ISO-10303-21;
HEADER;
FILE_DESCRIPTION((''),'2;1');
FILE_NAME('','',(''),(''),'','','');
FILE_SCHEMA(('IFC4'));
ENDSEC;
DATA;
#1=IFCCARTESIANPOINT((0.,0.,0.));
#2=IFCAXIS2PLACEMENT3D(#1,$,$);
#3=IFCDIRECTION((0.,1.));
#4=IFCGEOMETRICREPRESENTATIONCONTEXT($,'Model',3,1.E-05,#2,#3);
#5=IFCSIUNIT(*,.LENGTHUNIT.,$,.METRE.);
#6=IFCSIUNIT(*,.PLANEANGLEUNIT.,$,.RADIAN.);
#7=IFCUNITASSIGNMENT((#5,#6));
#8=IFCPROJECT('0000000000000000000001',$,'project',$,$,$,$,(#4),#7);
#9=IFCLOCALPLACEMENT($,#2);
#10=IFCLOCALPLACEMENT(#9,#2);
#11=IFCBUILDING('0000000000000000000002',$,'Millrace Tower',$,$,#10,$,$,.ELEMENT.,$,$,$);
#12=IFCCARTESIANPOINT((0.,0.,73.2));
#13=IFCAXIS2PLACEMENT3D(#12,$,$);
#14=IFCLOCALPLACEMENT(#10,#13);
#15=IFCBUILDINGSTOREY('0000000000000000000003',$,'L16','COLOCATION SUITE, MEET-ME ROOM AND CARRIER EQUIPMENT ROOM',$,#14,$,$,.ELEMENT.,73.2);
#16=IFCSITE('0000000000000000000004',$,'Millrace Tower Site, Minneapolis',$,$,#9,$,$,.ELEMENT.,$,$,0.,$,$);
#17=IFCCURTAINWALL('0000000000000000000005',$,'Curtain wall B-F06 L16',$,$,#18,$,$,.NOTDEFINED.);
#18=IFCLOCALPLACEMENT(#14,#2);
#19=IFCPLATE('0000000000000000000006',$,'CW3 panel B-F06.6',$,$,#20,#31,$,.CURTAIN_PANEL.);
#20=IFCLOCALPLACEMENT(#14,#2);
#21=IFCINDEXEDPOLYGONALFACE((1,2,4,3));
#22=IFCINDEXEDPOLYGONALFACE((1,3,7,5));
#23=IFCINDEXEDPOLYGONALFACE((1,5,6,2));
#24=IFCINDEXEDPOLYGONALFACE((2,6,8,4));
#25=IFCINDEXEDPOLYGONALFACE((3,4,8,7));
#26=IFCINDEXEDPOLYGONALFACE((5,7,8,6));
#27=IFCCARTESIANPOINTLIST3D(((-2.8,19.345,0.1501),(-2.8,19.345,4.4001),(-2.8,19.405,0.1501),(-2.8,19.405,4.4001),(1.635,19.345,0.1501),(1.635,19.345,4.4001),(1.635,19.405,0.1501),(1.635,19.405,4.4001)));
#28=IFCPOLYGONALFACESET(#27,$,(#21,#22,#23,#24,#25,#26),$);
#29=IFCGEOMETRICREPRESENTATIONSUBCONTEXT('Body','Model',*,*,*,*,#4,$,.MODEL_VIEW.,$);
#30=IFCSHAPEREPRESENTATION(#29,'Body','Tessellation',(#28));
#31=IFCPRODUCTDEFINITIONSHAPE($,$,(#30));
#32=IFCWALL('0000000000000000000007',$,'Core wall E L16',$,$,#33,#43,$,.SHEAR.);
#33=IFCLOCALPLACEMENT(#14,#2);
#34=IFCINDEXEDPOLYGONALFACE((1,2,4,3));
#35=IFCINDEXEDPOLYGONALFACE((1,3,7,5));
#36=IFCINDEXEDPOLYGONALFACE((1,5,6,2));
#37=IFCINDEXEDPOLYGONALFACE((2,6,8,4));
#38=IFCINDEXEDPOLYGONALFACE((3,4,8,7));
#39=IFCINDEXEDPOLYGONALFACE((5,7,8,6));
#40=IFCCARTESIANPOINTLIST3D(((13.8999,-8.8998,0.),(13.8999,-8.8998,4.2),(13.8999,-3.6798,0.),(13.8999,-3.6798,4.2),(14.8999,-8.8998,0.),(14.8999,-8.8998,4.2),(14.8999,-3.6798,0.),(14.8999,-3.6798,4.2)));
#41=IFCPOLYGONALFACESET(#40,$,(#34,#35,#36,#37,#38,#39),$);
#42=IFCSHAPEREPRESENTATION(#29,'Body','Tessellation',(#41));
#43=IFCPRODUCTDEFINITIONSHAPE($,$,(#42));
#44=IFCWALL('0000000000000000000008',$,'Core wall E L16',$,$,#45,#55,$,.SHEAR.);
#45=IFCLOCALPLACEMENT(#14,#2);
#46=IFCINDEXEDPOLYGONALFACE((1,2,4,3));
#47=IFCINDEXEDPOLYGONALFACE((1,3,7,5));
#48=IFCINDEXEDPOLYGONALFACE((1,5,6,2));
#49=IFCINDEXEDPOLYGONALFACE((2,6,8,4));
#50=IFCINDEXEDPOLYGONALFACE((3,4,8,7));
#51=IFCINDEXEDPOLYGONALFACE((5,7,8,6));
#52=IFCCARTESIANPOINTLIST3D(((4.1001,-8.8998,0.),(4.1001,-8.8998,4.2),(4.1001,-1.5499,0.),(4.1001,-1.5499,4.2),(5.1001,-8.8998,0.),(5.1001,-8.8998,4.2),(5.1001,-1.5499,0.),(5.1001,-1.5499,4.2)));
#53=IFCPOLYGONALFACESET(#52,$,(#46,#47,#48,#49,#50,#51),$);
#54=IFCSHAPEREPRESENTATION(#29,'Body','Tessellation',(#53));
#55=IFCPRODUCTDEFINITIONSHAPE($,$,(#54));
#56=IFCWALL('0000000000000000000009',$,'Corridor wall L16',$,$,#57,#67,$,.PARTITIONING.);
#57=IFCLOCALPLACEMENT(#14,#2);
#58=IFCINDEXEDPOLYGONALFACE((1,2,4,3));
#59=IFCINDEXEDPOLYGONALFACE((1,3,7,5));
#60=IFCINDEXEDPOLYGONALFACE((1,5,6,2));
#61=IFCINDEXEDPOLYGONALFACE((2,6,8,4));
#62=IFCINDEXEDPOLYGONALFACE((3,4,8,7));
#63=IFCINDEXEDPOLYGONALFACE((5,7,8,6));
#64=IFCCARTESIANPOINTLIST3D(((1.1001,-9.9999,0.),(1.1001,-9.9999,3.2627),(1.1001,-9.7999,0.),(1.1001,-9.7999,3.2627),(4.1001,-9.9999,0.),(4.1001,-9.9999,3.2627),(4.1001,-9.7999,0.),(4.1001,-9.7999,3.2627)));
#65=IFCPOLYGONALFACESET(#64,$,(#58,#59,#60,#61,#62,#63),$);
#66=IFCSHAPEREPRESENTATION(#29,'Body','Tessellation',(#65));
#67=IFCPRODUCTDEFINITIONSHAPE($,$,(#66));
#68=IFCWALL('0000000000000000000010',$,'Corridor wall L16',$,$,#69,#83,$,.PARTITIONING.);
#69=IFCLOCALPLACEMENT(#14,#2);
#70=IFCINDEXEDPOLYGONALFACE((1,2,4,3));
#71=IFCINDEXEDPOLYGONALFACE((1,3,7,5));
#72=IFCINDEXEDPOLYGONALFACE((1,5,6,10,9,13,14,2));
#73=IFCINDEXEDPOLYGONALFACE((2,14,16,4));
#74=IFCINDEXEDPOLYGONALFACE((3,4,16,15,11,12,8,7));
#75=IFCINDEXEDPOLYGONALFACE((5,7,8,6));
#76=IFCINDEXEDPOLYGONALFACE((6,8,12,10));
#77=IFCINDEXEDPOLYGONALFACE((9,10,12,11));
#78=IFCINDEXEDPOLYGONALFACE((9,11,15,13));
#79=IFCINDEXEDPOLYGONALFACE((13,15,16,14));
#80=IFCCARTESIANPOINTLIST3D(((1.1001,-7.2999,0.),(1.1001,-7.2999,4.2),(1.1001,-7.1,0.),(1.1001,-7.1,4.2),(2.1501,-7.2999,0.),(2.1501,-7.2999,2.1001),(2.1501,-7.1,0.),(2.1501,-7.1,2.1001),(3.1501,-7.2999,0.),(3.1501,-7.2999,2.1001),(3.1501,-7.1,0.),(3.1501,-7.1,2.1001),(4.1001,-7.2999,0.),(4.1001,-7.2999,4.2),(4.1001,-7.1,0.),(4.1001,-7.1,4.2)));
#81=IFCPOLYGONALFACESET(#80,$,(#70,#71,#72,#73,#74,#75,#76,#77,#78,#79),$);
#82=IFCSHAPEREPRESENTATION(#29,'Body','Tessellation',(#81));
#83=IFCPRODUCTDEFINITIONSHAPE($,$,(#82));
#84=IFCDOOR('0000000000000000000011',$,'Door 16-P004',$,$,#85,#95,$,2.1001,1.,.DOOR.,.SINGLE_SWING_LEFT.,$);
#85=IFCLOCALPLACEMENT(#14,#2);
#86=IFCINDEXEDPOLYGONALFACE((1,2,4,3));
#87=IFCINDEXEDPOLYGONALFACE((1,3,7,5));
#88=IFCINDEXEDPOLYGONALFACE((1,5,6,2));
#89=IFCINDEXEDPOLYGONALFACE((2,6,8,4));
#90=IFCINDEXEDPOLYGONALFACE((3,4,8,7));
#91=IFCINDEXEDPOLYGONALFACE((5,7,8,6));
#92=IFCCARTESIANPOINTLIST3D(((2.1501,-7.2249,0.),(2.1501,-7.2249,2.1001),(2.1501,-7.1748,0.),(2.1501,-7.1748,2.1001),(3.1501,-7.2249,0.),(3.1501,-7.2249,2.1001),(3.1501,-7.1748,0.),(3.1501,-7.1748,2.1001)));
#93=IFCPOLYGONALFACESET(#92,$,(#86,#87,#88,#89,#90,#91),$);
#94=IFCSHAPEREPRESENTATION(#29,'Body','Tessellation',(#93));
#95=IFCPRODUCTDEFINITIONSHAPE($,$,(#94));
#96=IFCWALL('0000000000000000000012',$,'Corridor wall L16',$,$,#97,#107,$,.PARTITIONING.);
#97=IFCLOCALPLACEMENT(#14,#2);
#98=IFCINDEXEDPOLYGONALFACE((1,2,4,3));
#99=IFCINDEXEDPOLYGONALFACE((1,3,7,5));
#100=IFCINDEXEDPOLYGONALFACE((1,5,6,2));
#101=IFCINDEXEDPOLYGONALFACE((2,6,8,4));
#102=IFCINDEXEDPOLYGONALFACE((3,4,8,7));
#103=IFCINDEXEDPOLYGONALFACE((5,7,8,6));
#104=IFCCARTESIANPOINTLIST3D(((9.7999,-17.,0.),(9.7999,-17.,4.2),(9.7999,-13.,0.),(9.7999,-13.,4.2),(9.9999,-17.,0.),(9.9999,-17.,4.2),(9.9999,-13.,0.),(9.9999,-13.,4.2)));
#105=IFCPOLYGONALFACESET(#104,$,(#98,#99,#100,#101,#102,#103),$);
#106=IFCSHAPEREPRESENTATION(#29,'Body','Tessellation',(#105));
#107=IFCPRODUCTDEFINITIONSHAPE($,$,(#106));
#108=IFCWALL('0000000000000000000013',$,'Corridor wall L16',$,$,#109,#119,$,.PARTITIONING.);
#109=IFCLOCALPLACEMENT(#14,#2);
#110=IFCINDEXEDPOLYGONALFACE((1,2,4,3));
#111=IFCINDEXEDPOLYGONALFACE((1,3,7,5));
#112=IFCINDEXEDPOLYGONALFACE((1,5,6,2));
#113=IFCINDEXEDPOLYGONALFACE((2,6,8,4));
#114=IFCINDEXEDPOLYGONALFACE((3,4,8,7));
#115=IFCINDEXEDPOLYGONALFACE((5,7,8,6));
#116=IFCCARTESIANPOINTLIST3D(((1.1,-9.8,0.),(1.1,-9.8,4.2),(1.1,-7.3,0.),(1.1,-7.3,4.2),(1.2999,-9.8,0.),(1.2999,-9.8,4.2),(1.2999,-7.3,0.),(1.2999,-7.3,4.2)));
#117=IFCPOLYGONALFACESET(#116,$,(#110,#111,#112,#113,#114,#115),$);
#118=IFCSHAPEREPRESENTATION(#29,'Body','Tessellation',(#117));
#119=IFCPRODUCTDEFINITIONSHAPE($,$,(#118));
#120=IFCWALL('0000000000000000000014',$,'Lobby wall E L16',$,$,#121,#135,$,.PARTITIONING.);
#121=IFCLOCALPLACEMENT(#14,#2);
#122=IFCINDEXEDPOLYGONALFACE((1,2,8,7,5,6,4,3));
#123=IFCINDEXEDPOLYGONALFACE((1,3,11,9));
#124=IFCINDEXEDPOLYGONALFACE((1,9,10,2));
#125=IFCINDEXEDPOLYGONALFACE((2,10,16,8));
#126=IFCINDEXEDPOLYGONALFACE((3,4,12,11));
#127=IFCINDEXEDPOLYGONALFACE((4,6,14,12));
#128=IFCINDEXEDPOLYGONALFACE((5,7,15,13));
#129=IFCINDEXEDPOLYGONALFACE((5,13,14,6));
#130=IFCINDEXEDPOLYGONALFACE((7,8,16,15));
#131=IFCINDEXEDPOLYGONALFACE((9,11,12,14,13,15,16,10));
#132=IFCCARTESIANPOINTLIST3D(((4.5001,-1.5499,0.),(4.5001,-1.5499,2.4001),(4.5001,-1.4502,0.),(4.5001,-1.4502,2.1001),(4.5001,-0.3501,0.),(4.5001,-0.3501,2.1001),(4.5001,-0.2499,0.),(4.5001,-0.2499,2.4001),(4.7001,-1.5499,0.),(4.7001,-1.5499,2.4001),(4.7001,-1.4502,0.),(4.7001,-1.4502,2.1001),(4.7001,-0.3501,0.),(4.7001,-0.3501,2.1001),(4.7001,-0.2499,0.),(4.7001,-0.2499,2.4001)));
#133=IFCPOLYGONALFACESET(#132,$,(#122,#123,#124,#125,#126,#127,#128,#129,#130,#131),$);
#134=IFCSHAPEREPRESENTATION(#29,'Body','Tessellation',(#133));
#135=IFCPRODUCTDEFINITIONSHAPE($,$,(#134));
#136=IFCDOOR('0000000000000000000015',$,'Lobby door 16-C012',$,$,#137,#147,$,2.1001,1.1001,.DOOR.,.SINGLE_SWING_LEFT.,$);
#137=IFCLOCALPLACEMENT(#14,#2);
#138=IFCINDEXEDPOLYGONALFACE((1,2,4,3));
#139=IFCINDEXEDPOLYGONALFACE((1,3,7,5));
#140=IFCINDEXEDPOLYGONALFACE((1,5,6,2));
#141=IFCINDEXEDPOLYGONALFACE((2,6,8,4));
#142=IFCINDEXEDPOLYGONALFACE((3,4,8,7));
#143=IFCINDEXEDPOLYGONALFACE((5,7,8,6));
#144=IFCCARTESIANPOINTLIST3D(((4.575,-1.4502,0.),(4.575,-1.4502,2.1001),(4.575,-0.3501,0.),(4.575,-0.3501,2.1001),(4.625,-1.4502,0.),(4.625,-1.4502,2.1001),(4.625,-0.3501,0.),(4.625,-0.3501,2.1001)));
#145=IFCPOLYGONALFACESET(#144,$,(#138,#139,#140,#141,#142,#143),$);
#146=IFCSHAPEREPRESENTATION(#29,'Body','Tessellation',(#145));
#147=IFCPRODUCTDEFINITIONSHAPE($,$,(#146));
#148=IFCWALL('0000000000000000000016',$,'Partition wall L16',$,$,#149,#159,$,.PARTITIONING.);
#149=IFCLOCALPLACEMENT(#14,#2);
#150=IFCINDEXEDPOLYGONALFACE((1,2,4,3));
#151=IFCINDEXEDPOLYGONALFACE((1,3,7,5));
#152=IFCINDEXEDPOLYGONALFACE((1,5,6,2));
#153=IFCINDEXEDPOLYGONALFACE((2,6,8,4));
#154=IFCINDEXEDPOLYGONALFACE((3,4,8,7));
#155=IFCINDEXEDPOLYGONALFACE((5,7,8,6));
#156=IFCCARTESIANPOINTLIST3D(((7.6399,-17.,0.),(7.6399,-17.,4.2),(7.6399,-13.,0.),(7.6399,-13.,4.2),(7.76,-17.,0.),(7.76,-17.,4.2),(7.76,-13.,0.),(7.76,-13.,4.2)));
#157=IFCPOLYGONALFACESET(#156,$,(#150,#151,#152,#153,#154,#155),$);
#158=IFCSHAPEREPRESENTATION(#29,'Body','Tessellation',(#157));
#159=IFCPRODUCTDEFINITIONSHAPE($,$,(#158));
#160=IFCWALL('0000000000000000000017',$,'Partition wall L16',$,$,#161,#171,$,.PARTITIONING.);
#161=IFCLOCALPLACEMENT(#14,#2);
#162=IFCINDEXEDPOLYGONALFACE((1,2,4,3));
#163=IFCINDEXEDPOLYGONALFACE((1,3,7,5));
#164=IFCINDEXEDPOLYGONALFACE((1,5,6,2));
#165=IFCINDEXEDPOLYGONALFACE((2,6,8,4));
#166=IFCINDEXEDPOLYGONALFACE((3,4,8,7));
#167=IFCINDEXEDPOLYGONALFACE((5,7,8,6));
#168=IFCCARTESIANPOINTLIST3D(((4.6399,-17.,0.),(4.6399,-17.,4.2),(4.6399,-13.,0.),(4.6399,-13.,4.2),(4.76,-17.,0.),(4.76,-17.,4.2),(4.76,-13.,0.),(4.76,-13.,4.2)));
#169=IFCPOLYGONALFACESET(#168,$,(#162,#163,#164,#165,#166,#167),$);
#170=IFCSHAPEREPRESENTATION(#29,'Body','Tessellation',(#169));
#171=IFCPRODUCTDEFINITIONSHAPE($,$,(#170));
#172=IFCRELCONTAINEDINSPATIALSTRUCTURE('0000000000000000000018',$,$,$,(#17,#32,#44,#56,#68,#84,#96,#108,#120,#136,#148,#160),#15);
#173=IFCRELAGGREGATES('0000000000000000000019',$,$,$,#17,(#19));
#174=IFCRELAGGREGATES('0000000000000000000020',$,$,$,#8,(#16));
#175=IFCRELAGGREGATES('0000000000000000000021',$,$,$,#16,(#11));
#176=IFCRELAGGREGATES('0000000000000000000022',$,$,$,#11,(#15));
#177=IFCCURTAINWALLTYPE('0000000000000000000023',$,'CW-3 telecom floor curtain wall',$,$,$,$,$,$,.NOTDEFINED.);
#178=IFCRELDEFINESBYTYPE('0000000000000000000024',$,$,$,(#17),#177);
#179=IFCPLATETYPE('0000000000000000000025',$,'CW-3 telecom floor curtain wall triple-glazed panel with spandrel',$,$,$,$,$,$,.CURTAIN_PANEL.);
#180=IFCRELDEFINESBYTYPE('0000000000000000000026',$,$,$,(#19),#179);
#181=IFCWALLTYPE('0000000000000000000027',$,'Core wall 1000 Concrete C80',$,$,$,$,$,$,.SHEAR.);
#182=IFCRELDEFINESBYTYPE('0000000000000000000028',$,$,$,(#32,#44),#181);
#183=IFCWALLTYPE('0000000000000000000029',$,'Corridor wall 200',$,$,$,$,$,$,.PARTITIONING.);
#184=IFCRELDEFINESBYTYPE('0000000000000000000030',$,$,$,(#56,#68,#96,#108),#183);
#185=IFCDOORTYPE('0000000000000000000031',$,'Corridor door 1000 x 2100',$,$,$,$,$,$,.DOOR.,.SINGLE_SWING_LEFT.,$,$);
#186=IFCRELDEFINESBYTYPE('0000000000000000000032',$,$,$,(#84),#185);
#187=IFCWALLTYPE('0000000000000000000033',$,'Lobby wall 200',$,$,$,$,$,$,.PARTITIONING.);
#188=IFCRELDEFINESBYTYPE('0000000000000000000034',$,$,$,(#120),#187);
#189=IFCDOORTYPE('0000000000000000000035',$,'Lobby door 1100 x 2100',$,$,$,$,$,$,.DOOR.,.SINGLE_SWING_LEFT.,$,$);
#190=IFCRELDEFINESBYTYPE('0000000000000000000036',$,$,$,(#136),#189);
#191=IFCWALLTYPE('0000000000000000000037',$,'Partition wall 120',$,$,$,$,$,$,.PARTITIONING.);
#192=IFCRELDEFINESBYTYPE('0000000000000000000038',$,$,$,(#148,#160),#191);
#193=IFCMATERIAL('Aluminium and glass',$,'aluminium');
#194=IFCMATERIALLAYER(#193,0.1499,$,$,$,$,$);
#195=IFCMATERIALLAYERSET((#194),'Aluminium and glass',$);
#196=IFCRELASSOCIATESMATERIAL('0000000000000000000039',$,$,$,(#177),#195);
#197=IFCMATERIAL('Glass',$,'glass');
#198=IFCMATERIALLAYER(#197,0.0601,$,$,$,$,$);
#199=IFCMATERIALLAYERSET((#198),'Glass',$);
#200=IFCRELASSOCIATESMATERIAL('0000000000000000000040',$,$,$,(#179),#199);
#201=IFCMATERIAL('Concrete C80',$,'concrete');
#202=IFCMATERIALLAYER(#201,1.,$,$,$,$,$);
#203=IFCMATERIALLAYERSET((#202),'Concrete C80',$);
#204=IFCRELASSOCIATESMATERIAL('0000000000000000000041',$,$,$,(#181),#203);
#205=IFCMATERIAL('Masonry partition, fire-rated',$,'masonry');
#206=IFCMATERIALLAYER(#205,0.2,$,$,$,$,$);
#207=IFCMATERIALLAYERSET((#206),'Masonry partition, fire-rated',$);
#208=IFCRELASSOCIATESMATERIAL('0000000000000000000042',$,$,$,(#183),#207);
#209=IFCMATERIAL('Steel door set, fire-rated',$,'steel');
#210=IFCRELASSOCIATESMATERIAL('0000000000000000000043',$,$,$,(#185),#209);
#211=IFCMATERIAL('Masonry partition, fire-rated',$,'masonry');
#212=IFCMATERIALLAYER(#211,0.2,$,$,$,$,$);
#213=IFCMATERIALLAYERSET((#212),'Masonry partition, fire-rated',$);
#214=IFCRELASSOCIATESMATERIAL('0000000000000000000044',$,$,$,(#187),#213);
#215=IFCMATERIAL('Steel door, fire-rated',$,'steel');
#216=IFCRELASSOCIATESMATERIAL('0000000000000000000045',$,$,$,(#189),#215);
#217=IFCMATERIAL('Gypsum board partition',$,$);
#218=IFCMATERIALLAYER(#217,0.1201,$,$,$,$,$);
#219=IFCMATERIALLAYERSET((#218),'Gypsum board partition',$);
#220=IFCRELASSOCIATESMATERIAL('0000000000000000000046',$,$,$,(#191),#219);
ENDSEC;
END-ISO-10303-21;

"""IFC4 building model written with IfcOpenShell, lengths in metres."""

from ifc_helpers import new_model, si_unit, direction, frame, frame_2d, origin, place, context, subcontext, project, spatial, polyline, rectangle, outline, extrude, material, layer, layer_set, type_object, element, fill, aggregate, save


model = new_model("IFC4")

# Units and contexts
model_context = context("Model", 3, precision=1e-05, world=origin(), true_north=direction((0.0, 1.0)))
body_context = subcontext(model_context, "Body", "Model", "MODEL_VIEW")
ifc_project = project(units=[si_unit("LENGTHUNIT", "METRE"), si_unit("PLANEANGLEUNIT", "RADIAN")], contexts=[model_context])

# Site, building, storey
site_placement = place(None, origin())
site = spatial("IfcSite", under=ifc_project, at=site_placement, Name="Millrace Tower Site, Minneapolis", CompositionType="ELEMENT", RefElevation=0.0)
building_placement = place(site_placement, origin())
building = spatial("IfcBuilding", under=site, at=building_placement, Name="Millrace Tower", CompositionType="ELEMENT")
storey_placement = place(building_placement, frame((0.0, 0.0, 73.2)))
storey = spatial("IfcBuildingStorey", under=building, at=storey_placement, Name="L16", Description="COLOCATION SUITE, MEET-ME ROOM AND CARRIER EQUIPMENT ROOM", CompositionType="ELEMENT", Elevation=73.2)

# Curtain wall, plate
ifc_material_1 = material(Name="Aluminium and glass", Category="aluminium")
ifc_layer_1 = layer(ifc_material_1, 0.1499)
ifc_layer_set_1 = layer_set([ifc_layer_1], Name="Aluminium and glass")
curtain_wall_type = type_object("IfcCurtainWallType", Name="CW-3 telecom floor curtain wall", PredefinedType="NOTDEFINED", material=ifc_layer_set_1)
placement = place(storey_placement, origin())
curtain_wall = element("IfcCurtainWall", 1, at=placement, inside=storey, type_object=curtain_wall_type, Name="Curtain wall B-F06 L16", PredefinedType="NOTDEFINED")
ifc_material_2 = material(Name="Glass", Category="glass")
ifc_layer_2 = layer(ifc_material_2, 0.0601)
ifc_layer_set_2 = layer_set([ifc_layer_2], Name="Glass")
plate_type = type_object("IfcPlateType", Name="CW-3 telecom floor curtain wall triple-glazed panel with spandrel", PredefinedType="CURTAIN_PANEL", material=ifc_layer_set_2)
plate_placement = place(storey_placement, frame((0.0, 0.0, 0.1501)))
plate = element("IfcPlate", 2, at=plate_placement, type_object=plate_type, Name="CW3 panel B-F06.6", PredefinedType="CURTAIN_PANEL", context=body_context, shape_type="SweptSolid", body=[
    extrude(outline(polyline([(1.635, 19.405), (-2.8, 19.405), (-2.8, 19.345), (1.635, 19.345), (1.635, 19.405)])), origin(), (0.0, 0.0, 1.0), 4.25),
])
aggregate(curtain_wall, [plate])

# Walls
ifc_material_3 = material(Name="Concrete C80", Category="concrete")
ifc_layer_3 = layer(ifc_material_3, 1.0)
ifc_layer_set_3 = layer_set([ifc_layer_3], Name="Concrete C80")
wall_type_1 = type_object("IfcWallType", Name="Core wall 1000 Concrete C80", PredefinedType="SHEAR", material=ifc_layer_set_3)
wall_1_placement = place(storey_placement, frame((14.3999, -3.6799, 0.0), z_axis=(0.0, 0.0, 1.0), x_axis=(0.0, -1.0, 0.0)))
element("IfcWall", 3, at=wall_1_placement, inside=storey, type_object=wall_type_1, Name="Core wall E L16", PredefinedType="SHEAR", context=body_context, shape_type="SweptSolid", body=[
    extrude(rectangle(XDim=5.22, YDim=1.0, at=frame_2d((2.6099, 0.0))), origin(), (0.0, 0.0, 1.0), 4.2),
])
wall_2_placement = place(storey_placement, frame((4.6001, -1.55, 0.0), z_axis=(0.0, 0.0, 1.0), x_axis=(0.0, -1.0, 0.0)))
element("IfcWall", 4, at=wall_2_placement, inside=storey, type_object=wall_type_1, Name="Core wall E L16", PredefinedType="SHEAR", context=body_context, shape_type="SweptSolid", body=[
    extrude(rectangle(XDim=7.3499, YDim=1.0, at=frame_2d((3.6748, 0.0))), origin(), (0.0, 0.0, 1.0), 4.2),
])
ifc_material_4 = material(Name="Masonry partition, fire-rated", Category="masonry")
ifc_layer_4 = layer(ifc_material_4, 0.2)
ifc_layer_set_4 = layer_set([ifc_layer_4], Name="Masonry partition, fire-rated")
wall_type_2 = type_object("IfcWallType", Name="Corridor wall 200", PredefinedType="PARTITIONING", material=ifc_layer_set_4)
wall_3_placement = place(storey_placement, frame((1.1001, -9.8999, 0.0), z_axis=(0.0, 0.0, 1.0), x_axis=(1.0, 0.0, 0.0)))
element("IfcWall", 5, at=wall_3_placement, inside=storey, type_object=wall_type_2, Name="Corridor wall L16", PredefinedType="PARTITIONING", context=body_context, shape_type="SweptSolid", body=[
    extrude(rectangle(XDim=3.0, YDim=0.2, at=frame_2d((1.5, 0.0))), origin(), (0.0, 0.0, 1.0), 3.2627),
])

# Wall, opening, door
wall_4_placement = place(storey_placement, frame((1.1001, -7.2, 0.0), z_axis=(0.0, 0.0, 1.0), x_axis=(1.0, 0.0, 0.0)))
wall_4 = element("IfcWall", 6, at=wall_4_placement, inside=storey, type_object=wall_type_2, Name="Corridor wall L16", PredefinedType="PARTITIONING", context=body_context, shape_type="SweptSolid", body=[
    extrude(rectangle(XDim=3.0, YDim=0.2, at=frame_2d((1.5, 0.0))), origin(), (0.0, 0.0, 1.0), 4.2),
])
opening_1_placement = place(wall_4_placement, frame((1.05, 0.0, 0.0)))
opening_1 = element("IfcOpeningElement", 7, at=opening_1_placement, cuts=wall_4, PredefinedType="OPENING", context=body_context, shape_type="SweptSolid", body=[
    extrude(rectangle(XDim=1.0, YDim=2.1001, at=frame_2d((0.5, 1.05))), frame((0.0, 0.1099, 0.0), z_axis=(0.0, -1.0, 0.0), x_axis=(1.0, 0.0, 0.0)), (0.0, 0.0, 1.0), 0.22),
])
ifc_material_5 = material(Name="Steel door set, fire-rated", Category="steel")
door_type_1 = type_object("IfcDoorType", Name="Corridor door 1000 x 2100", OperationType="SINGLE_SWING_LEFT", PredefinedType="DOOR", material=ifc_material_5)
door_1_placement = place(opening_1_placement, frame((1.0, 0.0, 0.0), z_axis=(0.0, 0.0, 1.0), x_axis=(-1.0, 0.0, 0.0)))
door_1 = element("IfcDoor", 8, at=door_1_placement, inside=storey, type_object=door_type_1, Name="Door 16-P004", OperationType="SINGLE_SWING_LEFT", OverallHeight=2.1001, OverallWidth=1.0, PredefinedType="DOOR", context=body_context, shape_type="SweptSolid", body=[
    extrude(rectangle(XDim=1.0, YDim=2.1001, at=frame_2d((0.5, 1.05))), frame((0.0, 0.0249, 0.0), z_axis=(0.0, -1.0, 0.0), x_axis=(1.0, 0.0, 0.0)), (0.0, 0.0, 1.0), 0.05),
])
fill(opening_1, door_1)

# Walls
wall_5_placement = place(storey_placement, frame((9.8999, -17.0, 0.0), z_axis=(0.0, 0.0, 1.0), x_axis=(0.0, 1.0, 0.0)))
element("IfcWall", 9, at=wall_5_placement, inside=storey, type_object=wall_type_2, Name="Corridor wall L16", PredefinedType="PARTITIONING", context=body_context, shape_type="SweptSolid", body=[
    extrude(rectangle(XDim=4.0, YDim=0.2, at=frame_2d((2.0, 0.0))), origin(), (0.0, 0.0, 1.0), 4.2),
])
wall_6_placement = place(storey_placement, frame((1.2, -9.8, 0.0), z_axis=(0.0, 0.0, 1.0), x_axis=(0.0, 1.0, 0.0)))
element("IfcWall", 10, at=wall_6_placement, inside=storey, type_object=wall_type_2, Name="Corridor wall L16", PredefinedType="PARTITIONING", context=body_context, shape_type="SweptSolid", body=[
    extrude(rectangle(XDim=2.5, YDim=0.2, at=frame_2d((1.25, 0.0))), origin(), (0.0, 0.0, 1.0), 4.2),
])

# Wall, opening, door
ifc_material_6 = material(Name="Masonry partition, fire-rated", Category="masonry")
ifc_layer_5 = layer(ifc_material_6, 0.2)
ifc_layer_set_5 = layer_set([ifc_layer_5], Name="Masonry partition, fire-rated")
wall_type_3 = type_object("IfcWallType", Name="Lobby wall 200", PredefinedType="PARTITIONING", material=ifc_layer_set_5)
wall_7_placement = place(storey_placement, frame((4.6001, -0.25, 0.0), z_axis=(0.0, 0.0, 1.0), x_axis=(0.0, -1.0, 0.0)))
wall_7 = element("IfcWall", 11, at=wall_7_placement, inside=storey, type_object=wall_type_3, Name="Lobby wall E L16", PredefinedType="PARTITIONING", context=body_context, shape_type="SweptSolid", body=[
    extrude(rectangle(XDim=1.3, YDim=0.2, at=frame_2d((0.6499, 0.0))), origin(), (0.0, 0.0, 1.0), 2.4001),
])
opening_2_placement = place(wall_7_placement, frame((0.1001, 0.0, 0.0)))
opening_2 = element("IfcOpeningElement", 12, at=opening_2_placement, cuts=wall_7, PredefinedType="OPENING", context=body_context, shape_type="SweptSolid", body=[
    extrude(rectangle(XDim=1.1001, YDim=2.1001, at=frame_2d((0.55, 1.05))), frame((0.0, 0.1099, 0.0), z_axis=(0.0, -1.0, 0.0), x_axis=(1.0, 0.0, 0.0)), (0.0, 0.0, 1.0), 0.22),
])
ifc_material_7 = material(Name="Steel door, fire-rated", Category="steel")
door_type_2 = type_object("IfcDoorType", Name="Lobby door 1100 x 2100", OperationType="SINGLE_SWING_LEFT", PredefinedType="DOOR", material=ifc_material_7)
door_2_placement = place(opening_2_placement, origin())
door_2 = element("IfcDoor", 13, at=door_2_placement, inside=storey, type_object=door_type_2, Name="Lobby door 16-C012", OperationType="SINGLE_SWING_LEFT", OverallHeight=2.1001, OverallWidth=1.1001, PredefinedType="DOOR", context=body_context, shape_type="SweptSolid", body=[
    extrude(rectangle(XDim=1.1001, YDim=2.1001, at=frame_2d((0.55, 1.05))), frame((0.0, 0.0249, 0.0), z_axis=(0.0, -1.0, 0.0), x_axis=(1.0, 0.0, 0.0)), (0.0, 0.0, 1.0), 0.05),
])
fill(opening_2, door_2)

# Walls
ifc_material_8 = material(Name="Gypsum board partition")
ifc_layer_6 = layer(ifc_material_8, 0.1201)
ifc_layer_set_6 = layer_set([ifc_layer_6], Name="Gypsum board partition")
wall_type_4 = type_object("IfcWallType", Name="Partition wall 120", PredefinedType="PARTITIONING", material=ifc_layer_set_6)
for number, where, z_axis, x_axis, name in (
    (14, (7.7, -17.0, 0.0), (0.0, 0.0, 1.0), (0.0, 1.0, 0.0), "Partition wall L16"),
    (15, (4.7, -17.0, 0.0), (0.0, 0.0, 1.0), (0.0, 1.0, 0.0), "Partition wall L16"),
):
    element("IfcWall", number, at=place(storey_placement, frame(where, z_axis=z_axis, x_axis=x_axis)), inside=storey, type_object=wall_type_4, Name=name, PredefinedType="PARTITIONING", context=body_context, shape_type="SweptSolid", body=[
        extrude(rectangle(XDim=4.0, YDim=0.1201, at=frame_2d((2.0, 0.0))), origin(), (0.0, 0.0, 1.0), 4.2),
    ])

save(model, "model.ifc")
